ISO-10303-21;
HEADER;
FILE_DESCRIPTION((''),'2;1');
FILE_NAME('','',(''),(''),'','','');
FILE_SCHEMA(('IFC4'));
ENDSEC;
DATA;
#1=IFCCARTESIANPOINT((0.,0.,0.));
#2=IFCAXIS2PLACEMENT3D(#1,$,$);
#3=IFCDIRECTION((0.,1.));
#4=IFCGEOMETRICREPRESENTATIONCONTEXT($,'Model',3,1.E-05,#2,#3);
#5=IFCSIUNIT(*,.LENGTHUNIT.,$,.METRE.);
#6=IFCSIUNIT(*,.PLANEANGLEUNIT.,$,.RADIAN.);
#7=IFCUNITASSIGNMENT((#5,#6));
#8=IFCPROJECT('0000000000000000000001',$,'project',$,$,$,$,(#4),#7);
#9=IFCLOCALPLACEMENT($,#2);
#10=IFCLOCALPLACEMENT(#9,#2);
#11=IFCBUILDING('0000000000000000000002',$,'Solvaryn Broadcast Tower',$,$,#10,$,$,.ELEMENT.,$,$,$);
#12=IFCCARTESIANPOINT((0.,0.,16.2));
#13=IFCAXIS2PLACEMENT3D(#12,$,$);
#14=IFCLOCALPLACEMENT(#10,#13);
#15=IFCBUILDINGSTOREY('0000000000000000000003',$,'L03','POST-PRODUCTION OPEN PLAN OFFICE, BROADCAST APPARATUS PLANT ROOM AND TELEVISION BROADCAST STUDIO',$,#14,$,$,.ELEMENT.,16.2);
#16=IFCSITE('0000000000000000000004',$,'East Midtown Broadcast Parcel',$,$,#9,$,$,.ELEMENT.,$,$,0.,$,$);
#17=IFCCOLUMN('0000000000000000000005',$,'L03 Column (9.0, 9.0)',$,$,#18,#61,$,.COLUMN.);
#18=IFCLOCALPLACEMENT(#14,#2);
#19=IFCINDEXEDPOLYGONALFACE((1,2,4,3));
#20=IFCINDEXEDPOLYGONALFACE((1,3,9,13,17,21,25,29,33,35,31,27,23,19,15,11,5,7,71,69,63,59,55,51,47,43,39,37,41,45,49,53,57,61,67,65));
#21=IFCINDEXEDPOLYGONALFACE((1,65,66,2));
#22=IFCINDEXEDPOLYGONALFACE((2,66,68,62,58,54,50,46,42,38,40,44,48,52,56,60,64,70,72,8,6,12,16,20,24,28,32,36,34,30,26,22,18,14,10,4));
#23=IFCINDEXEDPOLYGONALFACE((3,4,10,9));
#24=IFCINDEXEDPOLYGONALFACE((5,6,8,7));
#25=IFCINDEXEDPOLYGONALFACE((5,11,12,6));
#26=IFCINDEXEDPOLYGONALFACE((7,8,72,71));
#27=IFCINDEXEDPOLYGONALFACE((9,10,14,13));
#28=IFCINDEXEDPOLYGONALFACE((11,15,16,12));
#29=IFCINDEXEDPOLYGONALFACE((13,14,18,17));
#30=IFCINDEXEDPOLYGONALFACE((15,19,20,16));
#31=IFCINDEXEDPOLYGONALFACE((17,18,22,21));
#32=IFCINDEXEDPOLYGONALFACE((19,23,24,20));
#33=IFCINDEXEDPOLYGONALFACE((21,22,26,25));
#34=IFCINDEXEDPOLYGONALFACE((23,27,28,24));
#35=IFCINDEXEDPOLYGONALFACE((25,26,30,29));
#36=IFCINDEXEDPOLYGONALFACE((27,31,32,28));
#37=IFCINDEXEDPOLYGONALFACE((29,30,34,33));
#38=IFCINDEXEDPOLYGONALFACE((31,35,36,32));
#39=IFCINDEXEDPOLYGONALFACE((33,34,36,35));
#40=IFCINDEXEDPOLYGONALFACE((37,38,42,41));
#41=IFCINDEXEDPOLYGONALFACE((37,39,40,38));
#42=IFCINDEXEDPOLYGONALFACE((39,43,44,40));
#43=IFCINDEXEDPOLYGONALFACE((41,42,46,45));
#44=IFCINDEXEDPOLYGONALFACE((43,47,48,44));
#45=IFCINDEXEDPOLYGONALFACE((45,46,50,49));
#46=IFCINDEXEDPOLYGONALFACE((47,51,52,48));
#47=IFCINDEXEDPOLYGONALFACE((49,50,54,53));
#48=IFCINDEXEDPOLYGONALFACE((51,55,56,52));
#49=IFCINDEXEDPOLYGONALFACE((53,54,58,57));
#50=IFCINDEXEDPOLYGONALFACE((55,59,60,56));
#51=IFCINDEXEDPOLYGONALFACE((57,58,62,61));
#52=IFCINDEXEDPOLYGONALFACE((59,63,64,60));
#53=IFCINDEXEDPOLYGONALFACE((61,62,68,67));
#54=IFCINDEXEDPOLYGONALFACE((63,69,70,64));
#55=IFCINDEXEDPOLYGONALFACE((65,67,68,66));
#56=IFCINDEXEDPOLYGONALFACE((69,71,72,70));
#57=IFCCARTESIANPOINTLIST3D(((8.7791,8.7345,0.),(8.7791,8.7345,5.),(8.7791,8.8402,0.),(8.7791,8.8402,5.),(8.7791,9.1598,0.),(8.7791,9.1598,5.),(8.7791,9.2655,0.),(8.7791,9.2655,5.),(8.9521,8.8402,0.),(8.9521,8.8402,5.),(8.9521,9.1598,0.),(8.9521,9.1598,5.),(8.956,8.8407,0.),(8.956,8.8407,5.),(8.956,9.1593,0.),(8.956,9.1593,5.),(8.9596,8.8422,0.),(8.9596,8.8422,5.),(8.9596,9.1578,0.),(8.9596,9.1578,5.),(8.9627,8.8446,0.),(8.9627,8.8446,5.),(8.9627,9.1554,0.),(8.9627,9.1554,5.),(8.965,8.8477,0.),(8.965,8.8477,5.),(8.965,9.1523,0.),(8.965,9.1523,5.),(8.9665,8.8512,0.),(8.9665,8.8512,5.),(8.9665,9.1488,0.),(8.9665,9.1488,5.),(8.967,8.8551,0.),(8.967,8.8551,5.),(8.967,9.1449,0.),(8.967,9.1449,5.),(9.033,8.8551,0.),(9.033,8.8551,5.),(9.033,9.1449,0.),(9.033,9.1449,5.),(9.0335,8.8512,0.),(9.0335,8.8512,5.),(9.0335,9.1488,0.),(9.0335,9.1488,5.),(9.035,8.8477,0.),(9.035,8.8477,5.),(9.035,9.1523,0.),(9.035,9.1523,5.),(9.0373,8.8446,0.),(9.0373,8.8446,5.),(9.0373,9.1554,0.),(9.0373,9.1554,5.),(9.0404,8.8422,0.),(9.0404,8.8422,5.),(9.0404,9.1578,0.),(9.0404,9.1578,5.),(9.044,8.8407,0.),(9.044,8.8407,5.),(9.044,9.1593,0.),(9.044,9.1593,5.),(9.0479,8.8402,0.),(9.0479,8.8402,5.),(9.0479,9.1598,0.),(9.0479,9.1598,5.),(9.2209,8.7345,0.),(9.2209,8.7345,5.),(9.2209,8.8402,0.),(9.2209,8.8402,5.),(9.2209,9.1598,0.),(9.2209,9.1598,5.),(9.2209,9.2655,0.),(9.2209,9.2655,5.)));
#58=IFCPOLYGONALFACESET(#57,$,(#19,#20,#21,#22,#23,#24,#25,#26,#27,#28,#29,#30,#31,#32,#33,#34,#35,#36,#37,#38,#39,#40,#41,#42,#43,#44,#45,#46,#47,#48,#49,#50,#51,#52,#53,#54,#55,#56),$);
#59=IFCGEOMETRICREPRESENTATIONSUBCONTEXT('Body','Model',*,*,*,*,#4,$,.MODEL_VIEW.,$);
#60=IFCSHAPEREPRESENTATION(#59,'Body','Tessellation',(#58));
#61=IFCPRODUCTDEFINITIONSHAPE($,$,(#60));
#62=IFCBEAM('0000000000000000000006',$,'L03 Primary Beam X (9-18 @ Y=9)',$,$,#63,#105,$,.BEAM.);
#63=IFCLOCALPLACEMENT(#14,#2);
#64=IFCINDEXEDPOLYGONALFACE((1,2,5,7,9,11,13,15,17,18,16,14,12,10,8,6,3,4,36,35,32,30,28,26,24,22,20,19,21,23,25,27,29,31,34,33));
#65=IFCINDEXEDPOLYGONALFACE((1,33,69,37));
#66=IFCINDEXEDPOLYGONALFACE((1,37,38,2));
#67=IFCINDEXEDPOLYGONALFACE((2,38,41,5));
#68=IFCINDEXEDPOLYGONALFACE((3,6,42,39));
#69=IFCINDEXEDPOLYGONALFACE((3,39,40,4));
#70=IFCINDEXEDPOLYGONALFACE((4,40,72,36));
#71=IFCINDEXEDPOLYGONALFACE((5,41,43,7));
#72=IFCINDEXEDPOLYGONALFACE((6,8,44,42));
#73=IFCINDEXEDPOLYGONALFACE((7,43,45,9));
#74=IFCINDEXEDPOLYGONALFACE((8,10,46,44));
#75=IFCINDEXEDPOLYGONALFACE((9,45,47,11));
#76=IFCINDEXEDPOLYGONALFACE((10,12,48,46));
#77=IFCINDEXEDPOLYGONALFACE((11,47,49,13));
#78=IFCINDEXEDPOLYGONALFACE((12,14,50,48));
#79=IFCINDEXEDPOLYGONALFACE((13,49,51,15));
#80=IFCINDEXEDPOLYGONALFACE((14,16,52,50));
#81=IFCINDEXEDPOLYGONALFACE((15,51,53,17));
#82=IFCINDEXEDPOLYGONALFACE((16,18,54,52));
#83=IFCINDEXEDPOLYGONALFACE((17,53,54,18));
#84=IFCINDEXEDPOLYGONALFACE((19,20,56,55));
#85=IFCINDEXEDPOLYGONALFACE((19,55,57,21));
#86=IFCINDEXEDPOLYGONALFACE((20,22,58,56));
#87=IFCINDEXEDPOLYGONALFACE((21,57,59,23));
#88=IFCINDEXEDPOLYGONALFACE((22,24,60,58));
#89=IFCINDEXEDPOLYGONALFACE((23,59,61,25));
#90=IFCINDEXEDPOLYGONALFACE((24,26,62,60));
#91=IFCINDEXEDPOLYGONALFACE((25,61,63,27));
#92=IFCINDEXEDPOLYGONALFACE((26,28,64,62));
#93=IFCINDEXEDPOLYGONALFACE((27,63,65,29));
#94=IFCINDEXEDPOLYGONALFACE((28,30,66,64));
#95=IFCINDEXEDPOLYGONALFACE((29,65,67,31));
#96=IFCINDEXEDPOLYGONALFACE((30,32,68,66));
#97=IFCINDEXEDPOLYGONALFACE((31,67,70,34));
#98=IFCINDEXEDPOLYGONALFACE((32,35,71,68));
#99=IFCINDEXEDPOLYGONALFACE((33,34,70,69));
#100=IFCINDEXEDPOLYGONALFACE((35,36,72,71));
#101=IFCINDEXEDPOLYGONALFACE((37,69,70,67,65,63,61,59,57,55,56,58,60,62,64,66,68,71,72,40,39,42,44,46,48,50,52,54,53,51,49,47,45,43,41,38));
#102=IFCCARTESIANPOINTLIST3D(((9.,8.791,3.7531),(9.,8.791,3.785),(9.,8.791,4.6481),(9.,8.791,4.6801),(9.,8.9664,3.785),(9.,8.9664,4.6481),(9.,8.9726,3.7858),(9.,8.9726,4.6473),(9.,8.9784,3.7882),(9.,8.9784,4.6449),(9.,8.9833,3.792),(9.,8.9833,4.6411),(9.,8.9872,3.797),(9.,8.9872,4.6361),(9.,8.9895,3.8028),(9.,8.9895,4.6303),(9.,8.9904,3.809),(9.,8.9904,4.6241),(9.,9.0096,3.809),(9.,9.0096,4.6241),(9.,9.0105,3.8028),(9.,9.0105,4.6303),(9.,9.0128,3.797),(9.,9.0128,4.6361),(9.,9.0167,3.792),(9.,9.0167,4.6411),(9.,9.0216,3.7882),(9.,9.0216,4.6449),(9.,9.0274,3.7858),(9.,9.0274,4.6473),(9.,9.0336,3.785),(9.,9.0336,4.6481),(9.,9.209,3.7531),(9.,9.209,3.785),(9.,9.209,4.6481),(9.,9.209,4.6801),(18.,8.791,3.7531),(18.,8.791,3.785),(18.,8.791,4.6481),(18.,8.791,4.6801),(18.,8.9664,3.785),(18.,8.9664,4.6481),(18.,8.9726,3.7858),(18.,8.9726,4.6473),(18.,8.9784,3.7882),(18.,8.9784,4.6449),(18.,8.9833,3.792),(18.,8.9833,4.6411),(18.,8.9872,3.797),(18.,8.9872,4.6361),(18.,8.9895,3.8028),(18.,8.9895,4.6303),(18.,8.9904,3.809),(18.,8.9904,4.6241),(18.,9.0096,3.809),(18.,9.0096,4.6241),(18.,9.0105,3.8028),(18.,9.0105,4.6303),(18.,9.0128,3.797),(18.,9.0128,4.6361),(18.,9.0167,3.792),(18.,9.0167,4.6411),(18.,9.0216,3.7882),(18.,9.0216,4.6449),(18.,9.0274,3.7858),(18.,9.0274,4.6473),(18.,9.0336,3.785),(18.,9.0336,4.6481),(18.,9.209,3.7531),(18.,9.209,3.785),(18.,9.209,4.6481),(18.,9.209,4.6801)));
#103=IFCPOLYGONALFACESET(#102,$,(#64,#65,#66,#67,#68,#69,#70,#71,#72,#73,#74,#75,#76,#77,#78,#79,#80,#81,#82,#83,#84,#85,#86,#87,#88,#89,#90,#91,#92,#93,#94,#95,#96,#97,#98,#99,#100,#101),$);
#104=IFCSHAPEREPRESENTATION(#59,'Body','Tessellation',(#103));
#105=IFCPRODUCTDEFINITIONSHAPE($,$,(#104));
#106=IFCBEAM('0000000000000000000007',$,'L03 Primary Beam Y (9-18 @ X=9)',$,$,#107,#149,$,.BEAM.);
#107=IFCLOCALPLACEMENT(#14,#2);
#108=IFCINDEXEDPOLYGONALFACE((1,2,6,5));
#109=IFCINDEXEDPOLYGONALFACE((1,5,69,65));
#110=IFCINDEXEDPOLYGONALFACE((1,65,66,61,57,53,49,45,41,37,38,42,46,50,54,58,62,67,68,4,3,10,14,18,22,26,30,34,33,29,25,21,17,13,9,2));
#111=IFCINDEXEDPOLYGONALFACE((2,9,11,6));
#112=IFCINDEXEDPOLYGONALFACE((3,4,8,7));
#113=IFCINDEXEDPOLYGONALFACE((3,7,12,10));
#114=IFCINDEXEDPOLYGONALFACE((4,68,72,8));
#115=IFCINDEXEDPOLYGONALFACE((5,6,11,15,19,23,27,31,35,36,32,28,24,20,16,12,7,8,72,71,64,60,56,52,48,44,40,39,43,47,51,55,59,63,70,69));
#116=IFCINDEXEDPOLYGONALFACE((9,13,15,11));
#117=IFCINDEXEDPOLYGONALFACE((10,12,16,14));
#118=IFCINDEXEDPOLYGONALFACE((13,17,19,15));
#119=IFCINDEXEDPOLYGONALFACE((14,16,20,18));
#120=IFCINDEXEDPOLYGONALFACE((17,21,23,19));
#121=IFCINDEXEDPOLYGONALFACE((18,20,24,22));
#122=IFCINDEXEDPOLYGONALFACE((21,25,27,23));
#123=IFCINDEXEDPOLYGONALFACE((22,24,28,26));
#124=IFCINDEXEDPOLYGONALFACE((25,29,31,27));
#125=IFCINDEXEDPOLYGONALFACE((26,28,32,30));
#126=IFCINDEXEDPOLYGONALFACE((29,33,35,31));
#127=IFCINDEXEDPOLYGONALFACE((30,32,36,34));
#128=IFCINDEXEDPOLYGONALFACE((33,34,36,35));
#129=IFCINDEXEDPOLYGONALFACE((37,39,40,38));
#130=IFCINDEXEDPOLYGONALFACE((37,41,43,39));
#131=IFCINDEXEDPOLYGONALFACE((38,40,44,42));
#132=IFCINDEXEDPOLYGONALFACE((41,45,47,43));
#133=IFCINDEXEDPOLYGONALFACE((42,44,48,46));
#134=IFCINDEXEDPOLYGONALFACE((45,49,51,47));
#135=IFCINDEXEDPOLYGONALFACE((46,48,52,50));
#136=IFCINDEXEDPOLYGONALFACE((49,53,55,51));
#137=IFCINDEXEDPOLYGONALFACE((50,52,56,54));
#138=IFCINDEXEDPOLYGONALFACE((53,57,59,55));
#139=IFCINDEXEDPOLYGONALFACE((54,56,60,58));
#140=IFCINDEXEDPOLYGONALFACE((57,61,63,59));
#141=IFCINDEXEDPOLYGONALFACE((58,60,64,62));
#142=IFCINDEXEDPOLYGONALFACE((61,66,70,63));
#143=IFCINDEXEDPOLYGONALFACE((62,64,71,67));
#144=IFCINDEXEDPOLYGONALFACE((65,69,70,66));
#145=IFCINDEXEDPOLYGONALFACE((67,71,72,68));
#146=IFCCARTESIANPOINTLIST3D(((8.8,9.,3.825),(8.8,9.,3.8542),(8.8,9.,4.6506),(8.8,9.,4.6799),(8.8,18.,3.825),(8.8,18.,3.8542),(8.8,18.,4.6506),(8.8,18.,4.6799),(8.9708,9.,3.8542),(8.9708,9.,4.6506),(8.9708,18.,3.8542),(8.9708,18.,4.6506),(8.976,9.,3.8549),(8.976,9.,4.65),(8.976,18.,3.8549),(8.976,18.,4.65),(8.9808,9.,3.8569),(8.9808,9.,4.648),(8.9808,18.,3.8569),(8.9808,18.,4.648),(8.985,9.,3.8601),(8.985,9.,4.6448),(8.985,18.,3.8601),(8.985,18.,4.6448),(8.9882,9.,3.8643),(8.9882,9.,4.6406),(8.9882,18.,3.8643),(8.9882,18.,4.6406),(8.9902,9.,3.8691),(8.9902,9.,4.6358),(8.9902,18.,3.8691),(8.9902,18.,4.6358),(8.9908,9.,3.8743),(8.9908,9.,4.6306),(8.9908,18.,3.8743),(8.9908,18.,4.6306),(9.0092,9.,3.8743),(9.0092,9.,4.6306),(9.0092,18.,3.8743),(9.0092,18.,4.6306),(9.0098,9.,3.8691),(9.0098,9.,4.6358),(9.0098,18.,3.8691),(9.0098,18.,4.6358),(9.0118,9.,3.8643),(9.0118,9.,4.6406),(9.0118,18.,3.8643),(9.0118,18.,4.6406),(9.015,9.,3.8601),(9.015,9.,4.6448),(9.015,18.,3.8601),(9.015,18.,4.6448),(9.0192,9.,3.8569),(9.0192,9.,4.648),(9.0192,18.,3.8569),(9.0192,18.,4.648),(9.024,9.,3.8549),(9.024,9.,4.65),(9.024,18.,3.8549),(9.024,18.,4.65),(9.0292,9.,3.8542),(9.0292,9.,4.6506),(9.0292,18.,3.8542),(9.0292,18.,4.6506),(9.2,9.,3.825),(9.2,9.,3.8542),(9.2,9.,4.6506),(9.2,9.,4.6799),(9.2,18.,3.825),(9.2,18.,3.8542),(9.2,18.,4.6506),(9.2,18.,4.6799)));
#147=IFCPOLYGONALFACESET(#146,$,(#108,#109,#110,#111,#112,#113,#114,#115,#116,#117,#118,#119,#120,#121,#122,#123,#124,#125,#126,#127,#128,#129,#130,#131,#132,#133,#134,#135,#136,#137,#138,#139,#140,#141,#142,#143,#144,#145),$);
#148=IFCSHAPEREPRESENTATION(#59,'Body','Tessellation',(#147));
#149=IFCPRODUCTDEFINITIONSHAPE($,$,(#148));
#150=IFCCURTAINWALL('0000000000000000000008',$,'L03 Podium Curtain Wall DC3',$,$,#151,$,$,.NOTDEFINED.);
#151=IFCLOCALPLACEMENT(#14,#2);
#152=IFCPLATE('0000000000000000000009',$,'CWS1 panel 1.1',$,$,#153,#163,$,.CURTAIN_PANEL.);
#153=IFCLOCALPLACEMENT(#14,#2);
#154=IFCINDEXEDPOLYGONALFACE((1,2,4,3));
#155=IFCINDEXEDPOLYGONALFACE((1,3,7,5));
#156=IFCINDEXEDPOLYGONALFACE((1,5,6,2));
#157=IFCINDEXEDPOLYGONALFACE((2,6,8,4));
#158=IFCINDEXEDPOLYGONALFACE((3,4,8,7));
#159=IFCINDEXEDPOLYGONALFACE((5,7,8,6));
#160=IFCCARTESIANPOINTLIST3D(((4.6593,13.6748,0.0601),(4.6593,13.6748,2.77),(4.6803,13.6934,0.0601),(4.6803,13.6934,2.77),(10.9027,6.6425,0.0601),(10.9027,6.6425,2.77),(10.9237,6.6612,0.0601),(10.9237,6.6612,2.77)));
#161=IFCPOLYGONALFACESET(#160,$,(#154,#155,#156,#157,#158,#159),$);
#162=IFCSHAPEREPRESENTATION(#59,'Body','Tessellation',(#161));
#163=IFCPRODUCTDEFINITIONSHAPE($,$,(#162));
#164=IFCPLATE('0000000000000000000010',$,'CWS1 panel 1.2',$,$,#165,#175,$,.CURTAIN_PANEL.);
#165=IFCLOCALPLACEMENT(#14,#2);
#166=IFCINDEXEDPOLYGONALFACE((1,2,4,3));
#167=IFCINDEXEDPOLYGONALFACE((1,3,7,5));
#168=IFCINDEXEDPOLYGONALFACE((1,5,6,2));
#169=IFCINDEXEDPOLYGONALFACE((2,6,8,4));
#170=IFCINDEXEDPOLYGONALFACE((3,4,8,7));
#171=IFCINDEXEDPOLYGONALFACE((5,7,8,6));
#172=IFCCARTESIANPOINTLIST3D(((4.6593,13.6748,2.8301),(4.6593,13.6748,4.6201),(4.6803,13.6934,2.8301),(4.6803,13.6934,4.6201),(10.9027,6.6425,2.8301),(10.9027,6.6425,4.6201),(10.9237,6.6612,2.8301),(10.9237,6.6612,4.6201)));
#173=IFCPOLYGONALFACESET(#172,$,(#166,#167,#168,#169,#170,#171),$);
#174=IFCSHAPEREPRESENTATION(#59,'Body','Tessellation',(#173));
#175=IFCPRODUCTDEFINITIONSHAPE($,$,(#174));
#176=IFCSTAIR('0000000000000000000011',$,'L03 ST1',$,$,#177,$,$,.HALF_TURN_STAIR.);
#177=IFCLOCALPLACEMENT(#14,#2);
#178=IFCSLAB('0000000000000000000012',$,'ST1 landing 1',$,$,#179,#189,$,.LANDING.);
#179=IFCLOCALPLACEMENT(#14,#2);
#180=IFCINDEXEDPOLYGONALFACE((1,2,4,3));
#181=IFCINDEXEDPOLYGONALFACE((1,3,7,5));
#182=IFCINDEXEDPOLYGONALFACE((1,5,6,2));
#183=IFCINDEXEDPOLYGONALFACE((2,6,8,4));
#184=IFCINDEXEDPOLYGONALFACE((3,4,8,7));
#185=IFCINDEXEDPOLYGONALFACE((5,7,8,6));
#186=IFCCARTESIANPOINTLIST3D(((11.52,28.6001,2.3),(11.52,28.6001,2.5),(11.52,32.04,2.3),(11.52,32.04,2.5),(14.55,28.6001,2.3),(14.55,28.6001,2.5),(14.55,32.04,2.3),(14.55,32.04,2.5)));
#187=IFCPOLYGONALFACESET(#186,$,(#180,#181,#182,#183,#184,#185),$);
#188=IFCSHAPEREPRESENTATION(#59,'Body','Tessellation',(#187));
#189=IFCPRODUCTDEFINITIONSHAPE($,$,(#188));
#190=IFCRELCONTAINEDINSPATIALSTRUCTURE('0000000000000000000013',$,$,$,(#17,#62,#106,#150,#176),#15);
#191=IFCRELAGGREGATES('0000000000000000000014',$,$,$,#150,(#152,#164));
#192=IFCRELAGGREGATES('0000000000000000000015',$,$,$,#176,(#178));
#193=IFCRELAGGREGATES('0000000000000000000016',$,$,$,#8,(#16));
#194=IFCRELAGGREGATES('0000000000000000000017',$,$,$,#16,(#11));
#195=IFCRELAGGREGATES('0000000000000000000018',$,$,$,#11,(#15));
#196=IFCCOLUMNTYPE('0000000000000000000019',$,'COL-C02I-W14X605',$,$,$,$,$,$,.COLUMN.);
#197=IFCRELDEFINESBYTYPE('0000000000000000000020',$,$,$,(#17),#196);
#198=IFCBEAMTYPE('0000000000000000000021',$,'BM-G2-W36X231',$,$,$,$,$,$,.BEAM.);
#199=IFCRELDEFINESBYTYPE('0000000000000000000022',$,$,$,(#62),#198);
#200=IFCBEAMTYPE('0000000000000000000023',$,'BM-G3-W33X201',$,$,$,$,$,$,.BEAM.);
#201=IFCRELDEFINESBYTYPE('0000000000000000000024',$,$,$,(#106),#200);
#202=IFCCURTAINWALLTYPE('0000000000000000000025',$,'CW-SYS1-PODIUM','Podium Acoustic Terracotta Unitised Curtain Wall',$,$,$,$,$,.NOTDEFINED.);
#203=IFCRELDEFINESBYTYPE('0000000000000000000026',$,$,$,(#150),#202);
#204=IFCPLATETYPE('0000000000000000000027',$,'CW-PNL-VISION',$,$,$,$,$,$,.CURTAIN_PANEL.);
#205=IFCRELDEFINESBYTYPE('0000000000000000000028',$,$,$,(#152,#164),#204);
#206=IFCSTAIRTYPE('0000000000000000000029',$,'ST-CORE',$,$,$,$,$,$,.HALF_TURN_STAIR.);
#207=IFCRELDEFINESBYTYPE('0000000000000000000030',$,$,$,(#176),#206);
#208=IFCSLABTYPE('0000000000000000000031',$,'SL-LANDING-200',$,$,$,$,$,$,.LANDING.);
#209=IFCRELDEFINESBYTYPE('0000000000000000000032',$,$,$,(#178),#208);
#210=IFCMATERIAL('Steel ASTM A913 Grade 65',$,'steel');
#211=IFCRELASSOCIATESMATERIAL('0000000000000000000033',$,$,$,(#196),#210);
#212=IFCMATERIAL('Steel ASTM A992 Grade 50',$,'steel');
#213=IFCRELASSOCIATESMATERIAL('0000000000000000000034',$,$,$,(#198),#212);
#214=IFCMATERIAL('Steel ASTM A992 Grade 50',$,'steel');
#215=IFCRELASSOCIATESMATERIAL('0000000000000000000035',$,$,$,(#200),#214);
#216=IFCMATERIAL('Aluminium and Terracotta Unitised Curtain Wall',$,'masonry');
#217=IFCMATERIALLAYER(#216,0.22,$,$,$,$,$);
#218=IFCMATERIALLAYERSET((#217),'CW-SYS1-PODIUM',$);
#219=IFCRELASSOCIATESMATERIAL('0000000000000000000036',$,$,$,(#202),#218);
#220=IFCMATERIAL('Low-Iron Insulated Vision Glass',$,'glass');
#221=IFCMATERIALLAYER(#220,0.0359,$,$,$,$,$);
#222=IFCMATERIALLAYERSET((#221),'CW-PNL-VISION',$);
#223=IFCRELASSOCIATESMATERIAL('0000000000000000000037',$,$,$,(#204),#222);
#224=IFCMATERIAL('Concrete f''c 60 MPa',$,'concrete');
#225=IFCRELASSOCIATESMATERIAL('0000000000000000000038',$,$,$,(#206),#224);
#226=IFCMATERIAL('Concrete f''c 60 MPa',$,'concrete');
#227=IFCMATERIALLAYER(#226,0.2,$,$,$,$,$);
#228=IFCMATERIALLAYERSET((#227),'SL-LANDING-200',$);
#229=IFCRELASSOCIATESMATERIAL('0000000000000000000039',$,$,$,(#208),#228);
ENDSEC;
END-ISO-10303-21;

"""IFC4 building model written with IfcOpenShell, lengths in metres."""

from ifc_helpers import new_model, si_unit, direction, frame, origin, origin_2d, place, context, subcontext, project, spatial, polyline, rectangle, i_section, outline, extrude, material, layer, layer_set, material_profile, profile_set, type_object, element, aggregate, save


model = new_model("IFC4")

# Units and contexts
model_context = context("Model", 3, precision=1e-05, world=origin(), true_north=direction((0.0, 1.0)))
body_context = subcontext(model_context, "Body", "Model", "MODEL_VIEW")
ifc_project = project(units=[si_unit("LENGTHUNIT", "METRE"), si_unit("PLANEANGLEUNIT", "RADIAN")], contexts=[model_context])

# Site, building, storey
site_placement = place(None, origin())
site = spatial("IfcSite", under=ifc_project, at=site_placement, Name="East Midtown Broadcast Parcel", CompositionType="ELEMENT", RefElevation=0.0)
building_placement = place(site_placement, origin())
building = spatial("IfcBuilding", under=site, at=building_placement, Name="Solvaryn Broadcast Tower", CompositionType="ELEMENT")
storey_placement = place(building_placement, frame((0.0, 0.0, 16.2)))
storey = spatial("IfcBuildingStorey", under=building, at=storey_placement, Name="L03", Description="POST-PRODUCTION OPEN PLAN OFFICE, BROADCAST APPARATUS PLANT ROOM AND TELEVISION BROADCAST STUDIO", CompositionType="ELEMENT", Elevation=16.2)

# Column
ifc_material_1 = material(Name="Steel ASTM A913 Grade 65", Category="steel")
ifc_material_profile_1 = material_profile(ifc_material_1, i_section(OverallWidth=0.4419, OverallDepth=0.531, WebThickness=0.0659, FlangeThickness=0.1057, FilletRadius=0.0149, at=origin_2d()))
ifc_profile_set_1 = profile_set([ifc_material_profile_1], Name="Steel ASTM A913 Grade 65")
column_type = type_object("IfcColumnType", Name="COL-C02I-W14X605", PredefinedType="COLUMN", material=ifc_profile_set_1)
column_placement = place(storey_placement, frame((9.0, 9.0, 0.0), z_axis=(0.0, 0.0, 1.0), x_axis=(1.0, 0.0, 0.0)))
element("IfcColumn", 1, at=column_placement, inside=storey, type_object=column_type, Name="L03 Column (9.0, 9.0)", PredefinedType="COLUMN", context=body_context, shape_type="SweptSolid", body=[
    extrude(i_section(OverallWidth=0.4419, OverallDepth=0.531, WebThickness=0.0659, FlangeThickness=0.1057, FilletRadius=0.0149, at=origin_2d()), origin(), (0.0, 0.0, 1.0), 5.0),
])

# Beams
ifc_material_2 = material(Name="Steel ASTM A992 Grade 50", Category="steel")
ifc_material_profile_2 = material_profile(ifc_material_2, i_section(OverallWidth=0.418, OverallDepth=0.927, WebThickness=0.0193, FlangeThickness=0.032, FilletRadius=0.0239, at=origin_2d()))
ifc_profile_set_2 = profile_set([ifc_material_profile_2], Name="Steel ASTM A992 Grade 50")
beam_type_1 = type_object("IfcBeamType", Name="BM-G2-W36X231", PredefinedType="BEAM", material=ifc_profile_set_2)
beam_1_placement = place(storey_placement, frame((9.0, 9.0, 4.2166), z_axis=(1.0, 0.0, 0.0), x_axis=(0.0, 1.0, 0.0)))
element("IfcBeam", 2, at=beam_1_placement, inside=storey, type_object=beam_type_1, Name="L03 Primary Beam X (9-18 @ Y=9)", PredefinedType="BEAM", context=body_context, shape_type="SweptSolid", body=[
    extrude(i_section(OverallWidth=0.418, OverallDepth=0.927, WebThickness=0.0193, FlangeThickness=0.032, FilletRadius=0.0239, at=origin_2d()), origin(), (0.0, 0.0, 1.0), 9.0),
])
ifc_material_3 = material(Name="Steel ASTM A992 Grade 50", Category="steel")
ifc_material_profile_3 = material_profile(ifc_material_3, i_section(OverallWidth=0.3999, OverallDepth=0.855, WebThickness=0.0183, FlangeThickness=0.0293, FilletRadius=0.02, at=origin_2d()))
ifc_profile_set_3 = profile_set([ifc_material_profile_3], Name="Steel ASTM A992 Grade 50")
beam_type_2 = type_object("IfcBeamType", Name="BM-G3-W33X201", PredefinedType="BEAM", material=ifc_profile_set_3)
beam_2_placement = place(storey_placement, frame((9.0, 9.0, 4.2524), z_axis=(0.0, 1.0, 0.0), x_axis=(-1.0, 0.0, 0.0)))
element("IfcBeam", 3, at=beam_2_placement, inside=storey, type_object=beam_type_2, Name="L03 Primary Beam Y (9-18 @ X=9)", PredefinedType="BEAM", context=body_context, shape_type="SweptSolid", body=[
    extrude(i_section(OverallWidth=0.3999, OverallDepth=0.855, WebThickness=0.0183, FlangeThickness=0.0293, FilletRadius=0.02, at=origin_2d()), origin(), (0.0, 0.0, 1.0), 9.0),
])

# Curtain wall, plates
ifc_material_4 = material(Name="Aluminium and Terracotta Unitised Curtain Wall", Category="masonry")
ifc_layer_1 = layer(ifc_material_4, 0.22)
ifc_layer_set_1 = layer_set([ifc_layer_1], Name="CW-SYS1-PODIUM")
curtain_wall_type = type_object("IfcCurtainWallType", Name="CW-SYS1-PODIUM", Description="Podium Acoustic Terracotta Unitised Curtain Wall", PredefinedType="NOTDEFINED", material=ifc_layer_set_1)
curtain_wall_placement = place(storey_placement, origin())
curtain_wall = element("IfcCurtainWall", 4, at=curtain_wall_placement, inside=storey, type_object=curtain_wall_type, Name="L03 Podium Curtain Wall DC3", PredefinedType="NOTDEFINED")
ifc_material_5 = material(Name="Low-Iron Insulated Vision Glass", Category="glass")
ifc_layer_2 = layer(ifc_material_5, 0.0359)
ifc_layer_set_2 = layer_set([ifc_layer_2], Name="CW-PNL-VISION")
plate_type = type_object("IfcPlateType", Name="CW-PNL-VISION", PredefinedType="CURTAIN_PANEL", material=ifc_layer_set_2)
plate_1_placement = place(storey_placement, frame((7.7915, 10.168, 0.0601), z_axis=(0.0, 0.0, 1.0), x_axis=(0.663914, -0.747809, 0.0)))
plate_1 = element("IfcPlate", 5, at=plate_1_placement, type_object=plate_type, Name="CWS1 panel 1.1", PredefinedType="CURTAIN_PANEL", context=body_context, shape_type="SweptSolid", body=[
    extrude(rectangle(XDim=9.4038, YDim=0.0281, at=origin_2d()), origin(), (0.0, 0.0, 1.0), 2.71),
])
plate_2_placement = place(storey_placement, frame((7.7915, 10.168, 2.8301), z_axis=(0.0, 0.0, 1.0), x_axis=(0.663914, -0.747809, 0.0)))
plate_2 = element("IfcPlate", 6, at=plate_2_placement, type_object=plate_type, Name="CWS1 panel 1.2", PredefinedType="CURTAIN_PANEL", context=body_context, shape_type="SweptSolid", body=[
    extrude(rectangle(XDim=9.4038, YDim=0.0281, at=origin_2d()), origin(), (0.0, 0.0, 1.0), 1.79),
])
aggregate(curtain_wall, [plate_1, plate_2])

# Stair, slab
ifc_material_6 = material(Name="Concrete f'c 60 MPa", Category="concrete")
stair_type = type_object("IfcStairType", Name="ST-CORE", PredefinedType="HALF_TURN_STAIR", material=ifc_material_6)
stair_1_placement = place(storey_placement, origin())
stair_1 = element("IfcStair", 7, at=stair_1_placement, inside=storey, type_object=stair_type, Name="L03 ST1", PredefinedType="HALF_TURN_STAIR")
ifc_material_7 = material(Name="Concrete f'c 60 MPa", Category="concrete")
ifc_layer_3 = layer(ifc_material_7, 0.2)
ifc_layer_set_3 = layer_set([ifc_layer_3], Name="SL-LANDING-200")
slab_type_1 = type_object("IfcSlabType", Name="SL-LANDING-200", PredefinedType="LANDING", material=ifc_layer_set_3)
slab_1_placement = place(storey_placement, frame((0.0, 0.0, 2.3)))
slab_1 = element("IfcSlab", 8, at=slab_1_placement, type_object=slab_type_1, Name="ST1 landing 1", PredefinedType="LANDING", context=body_context, shape_type="SweptSolid", body=[
    extrude(outline(polyline([(11.52, 32.04), (11.52, 28.6001), (14.55, 28.6001), (14.55, 32.04), (11.52, 32.04)])), origin(), (0.0, 0.0, 1.0), 0.2),
])
aggregate(stair_1, [slab_1])

save(model, "model.ifc")
